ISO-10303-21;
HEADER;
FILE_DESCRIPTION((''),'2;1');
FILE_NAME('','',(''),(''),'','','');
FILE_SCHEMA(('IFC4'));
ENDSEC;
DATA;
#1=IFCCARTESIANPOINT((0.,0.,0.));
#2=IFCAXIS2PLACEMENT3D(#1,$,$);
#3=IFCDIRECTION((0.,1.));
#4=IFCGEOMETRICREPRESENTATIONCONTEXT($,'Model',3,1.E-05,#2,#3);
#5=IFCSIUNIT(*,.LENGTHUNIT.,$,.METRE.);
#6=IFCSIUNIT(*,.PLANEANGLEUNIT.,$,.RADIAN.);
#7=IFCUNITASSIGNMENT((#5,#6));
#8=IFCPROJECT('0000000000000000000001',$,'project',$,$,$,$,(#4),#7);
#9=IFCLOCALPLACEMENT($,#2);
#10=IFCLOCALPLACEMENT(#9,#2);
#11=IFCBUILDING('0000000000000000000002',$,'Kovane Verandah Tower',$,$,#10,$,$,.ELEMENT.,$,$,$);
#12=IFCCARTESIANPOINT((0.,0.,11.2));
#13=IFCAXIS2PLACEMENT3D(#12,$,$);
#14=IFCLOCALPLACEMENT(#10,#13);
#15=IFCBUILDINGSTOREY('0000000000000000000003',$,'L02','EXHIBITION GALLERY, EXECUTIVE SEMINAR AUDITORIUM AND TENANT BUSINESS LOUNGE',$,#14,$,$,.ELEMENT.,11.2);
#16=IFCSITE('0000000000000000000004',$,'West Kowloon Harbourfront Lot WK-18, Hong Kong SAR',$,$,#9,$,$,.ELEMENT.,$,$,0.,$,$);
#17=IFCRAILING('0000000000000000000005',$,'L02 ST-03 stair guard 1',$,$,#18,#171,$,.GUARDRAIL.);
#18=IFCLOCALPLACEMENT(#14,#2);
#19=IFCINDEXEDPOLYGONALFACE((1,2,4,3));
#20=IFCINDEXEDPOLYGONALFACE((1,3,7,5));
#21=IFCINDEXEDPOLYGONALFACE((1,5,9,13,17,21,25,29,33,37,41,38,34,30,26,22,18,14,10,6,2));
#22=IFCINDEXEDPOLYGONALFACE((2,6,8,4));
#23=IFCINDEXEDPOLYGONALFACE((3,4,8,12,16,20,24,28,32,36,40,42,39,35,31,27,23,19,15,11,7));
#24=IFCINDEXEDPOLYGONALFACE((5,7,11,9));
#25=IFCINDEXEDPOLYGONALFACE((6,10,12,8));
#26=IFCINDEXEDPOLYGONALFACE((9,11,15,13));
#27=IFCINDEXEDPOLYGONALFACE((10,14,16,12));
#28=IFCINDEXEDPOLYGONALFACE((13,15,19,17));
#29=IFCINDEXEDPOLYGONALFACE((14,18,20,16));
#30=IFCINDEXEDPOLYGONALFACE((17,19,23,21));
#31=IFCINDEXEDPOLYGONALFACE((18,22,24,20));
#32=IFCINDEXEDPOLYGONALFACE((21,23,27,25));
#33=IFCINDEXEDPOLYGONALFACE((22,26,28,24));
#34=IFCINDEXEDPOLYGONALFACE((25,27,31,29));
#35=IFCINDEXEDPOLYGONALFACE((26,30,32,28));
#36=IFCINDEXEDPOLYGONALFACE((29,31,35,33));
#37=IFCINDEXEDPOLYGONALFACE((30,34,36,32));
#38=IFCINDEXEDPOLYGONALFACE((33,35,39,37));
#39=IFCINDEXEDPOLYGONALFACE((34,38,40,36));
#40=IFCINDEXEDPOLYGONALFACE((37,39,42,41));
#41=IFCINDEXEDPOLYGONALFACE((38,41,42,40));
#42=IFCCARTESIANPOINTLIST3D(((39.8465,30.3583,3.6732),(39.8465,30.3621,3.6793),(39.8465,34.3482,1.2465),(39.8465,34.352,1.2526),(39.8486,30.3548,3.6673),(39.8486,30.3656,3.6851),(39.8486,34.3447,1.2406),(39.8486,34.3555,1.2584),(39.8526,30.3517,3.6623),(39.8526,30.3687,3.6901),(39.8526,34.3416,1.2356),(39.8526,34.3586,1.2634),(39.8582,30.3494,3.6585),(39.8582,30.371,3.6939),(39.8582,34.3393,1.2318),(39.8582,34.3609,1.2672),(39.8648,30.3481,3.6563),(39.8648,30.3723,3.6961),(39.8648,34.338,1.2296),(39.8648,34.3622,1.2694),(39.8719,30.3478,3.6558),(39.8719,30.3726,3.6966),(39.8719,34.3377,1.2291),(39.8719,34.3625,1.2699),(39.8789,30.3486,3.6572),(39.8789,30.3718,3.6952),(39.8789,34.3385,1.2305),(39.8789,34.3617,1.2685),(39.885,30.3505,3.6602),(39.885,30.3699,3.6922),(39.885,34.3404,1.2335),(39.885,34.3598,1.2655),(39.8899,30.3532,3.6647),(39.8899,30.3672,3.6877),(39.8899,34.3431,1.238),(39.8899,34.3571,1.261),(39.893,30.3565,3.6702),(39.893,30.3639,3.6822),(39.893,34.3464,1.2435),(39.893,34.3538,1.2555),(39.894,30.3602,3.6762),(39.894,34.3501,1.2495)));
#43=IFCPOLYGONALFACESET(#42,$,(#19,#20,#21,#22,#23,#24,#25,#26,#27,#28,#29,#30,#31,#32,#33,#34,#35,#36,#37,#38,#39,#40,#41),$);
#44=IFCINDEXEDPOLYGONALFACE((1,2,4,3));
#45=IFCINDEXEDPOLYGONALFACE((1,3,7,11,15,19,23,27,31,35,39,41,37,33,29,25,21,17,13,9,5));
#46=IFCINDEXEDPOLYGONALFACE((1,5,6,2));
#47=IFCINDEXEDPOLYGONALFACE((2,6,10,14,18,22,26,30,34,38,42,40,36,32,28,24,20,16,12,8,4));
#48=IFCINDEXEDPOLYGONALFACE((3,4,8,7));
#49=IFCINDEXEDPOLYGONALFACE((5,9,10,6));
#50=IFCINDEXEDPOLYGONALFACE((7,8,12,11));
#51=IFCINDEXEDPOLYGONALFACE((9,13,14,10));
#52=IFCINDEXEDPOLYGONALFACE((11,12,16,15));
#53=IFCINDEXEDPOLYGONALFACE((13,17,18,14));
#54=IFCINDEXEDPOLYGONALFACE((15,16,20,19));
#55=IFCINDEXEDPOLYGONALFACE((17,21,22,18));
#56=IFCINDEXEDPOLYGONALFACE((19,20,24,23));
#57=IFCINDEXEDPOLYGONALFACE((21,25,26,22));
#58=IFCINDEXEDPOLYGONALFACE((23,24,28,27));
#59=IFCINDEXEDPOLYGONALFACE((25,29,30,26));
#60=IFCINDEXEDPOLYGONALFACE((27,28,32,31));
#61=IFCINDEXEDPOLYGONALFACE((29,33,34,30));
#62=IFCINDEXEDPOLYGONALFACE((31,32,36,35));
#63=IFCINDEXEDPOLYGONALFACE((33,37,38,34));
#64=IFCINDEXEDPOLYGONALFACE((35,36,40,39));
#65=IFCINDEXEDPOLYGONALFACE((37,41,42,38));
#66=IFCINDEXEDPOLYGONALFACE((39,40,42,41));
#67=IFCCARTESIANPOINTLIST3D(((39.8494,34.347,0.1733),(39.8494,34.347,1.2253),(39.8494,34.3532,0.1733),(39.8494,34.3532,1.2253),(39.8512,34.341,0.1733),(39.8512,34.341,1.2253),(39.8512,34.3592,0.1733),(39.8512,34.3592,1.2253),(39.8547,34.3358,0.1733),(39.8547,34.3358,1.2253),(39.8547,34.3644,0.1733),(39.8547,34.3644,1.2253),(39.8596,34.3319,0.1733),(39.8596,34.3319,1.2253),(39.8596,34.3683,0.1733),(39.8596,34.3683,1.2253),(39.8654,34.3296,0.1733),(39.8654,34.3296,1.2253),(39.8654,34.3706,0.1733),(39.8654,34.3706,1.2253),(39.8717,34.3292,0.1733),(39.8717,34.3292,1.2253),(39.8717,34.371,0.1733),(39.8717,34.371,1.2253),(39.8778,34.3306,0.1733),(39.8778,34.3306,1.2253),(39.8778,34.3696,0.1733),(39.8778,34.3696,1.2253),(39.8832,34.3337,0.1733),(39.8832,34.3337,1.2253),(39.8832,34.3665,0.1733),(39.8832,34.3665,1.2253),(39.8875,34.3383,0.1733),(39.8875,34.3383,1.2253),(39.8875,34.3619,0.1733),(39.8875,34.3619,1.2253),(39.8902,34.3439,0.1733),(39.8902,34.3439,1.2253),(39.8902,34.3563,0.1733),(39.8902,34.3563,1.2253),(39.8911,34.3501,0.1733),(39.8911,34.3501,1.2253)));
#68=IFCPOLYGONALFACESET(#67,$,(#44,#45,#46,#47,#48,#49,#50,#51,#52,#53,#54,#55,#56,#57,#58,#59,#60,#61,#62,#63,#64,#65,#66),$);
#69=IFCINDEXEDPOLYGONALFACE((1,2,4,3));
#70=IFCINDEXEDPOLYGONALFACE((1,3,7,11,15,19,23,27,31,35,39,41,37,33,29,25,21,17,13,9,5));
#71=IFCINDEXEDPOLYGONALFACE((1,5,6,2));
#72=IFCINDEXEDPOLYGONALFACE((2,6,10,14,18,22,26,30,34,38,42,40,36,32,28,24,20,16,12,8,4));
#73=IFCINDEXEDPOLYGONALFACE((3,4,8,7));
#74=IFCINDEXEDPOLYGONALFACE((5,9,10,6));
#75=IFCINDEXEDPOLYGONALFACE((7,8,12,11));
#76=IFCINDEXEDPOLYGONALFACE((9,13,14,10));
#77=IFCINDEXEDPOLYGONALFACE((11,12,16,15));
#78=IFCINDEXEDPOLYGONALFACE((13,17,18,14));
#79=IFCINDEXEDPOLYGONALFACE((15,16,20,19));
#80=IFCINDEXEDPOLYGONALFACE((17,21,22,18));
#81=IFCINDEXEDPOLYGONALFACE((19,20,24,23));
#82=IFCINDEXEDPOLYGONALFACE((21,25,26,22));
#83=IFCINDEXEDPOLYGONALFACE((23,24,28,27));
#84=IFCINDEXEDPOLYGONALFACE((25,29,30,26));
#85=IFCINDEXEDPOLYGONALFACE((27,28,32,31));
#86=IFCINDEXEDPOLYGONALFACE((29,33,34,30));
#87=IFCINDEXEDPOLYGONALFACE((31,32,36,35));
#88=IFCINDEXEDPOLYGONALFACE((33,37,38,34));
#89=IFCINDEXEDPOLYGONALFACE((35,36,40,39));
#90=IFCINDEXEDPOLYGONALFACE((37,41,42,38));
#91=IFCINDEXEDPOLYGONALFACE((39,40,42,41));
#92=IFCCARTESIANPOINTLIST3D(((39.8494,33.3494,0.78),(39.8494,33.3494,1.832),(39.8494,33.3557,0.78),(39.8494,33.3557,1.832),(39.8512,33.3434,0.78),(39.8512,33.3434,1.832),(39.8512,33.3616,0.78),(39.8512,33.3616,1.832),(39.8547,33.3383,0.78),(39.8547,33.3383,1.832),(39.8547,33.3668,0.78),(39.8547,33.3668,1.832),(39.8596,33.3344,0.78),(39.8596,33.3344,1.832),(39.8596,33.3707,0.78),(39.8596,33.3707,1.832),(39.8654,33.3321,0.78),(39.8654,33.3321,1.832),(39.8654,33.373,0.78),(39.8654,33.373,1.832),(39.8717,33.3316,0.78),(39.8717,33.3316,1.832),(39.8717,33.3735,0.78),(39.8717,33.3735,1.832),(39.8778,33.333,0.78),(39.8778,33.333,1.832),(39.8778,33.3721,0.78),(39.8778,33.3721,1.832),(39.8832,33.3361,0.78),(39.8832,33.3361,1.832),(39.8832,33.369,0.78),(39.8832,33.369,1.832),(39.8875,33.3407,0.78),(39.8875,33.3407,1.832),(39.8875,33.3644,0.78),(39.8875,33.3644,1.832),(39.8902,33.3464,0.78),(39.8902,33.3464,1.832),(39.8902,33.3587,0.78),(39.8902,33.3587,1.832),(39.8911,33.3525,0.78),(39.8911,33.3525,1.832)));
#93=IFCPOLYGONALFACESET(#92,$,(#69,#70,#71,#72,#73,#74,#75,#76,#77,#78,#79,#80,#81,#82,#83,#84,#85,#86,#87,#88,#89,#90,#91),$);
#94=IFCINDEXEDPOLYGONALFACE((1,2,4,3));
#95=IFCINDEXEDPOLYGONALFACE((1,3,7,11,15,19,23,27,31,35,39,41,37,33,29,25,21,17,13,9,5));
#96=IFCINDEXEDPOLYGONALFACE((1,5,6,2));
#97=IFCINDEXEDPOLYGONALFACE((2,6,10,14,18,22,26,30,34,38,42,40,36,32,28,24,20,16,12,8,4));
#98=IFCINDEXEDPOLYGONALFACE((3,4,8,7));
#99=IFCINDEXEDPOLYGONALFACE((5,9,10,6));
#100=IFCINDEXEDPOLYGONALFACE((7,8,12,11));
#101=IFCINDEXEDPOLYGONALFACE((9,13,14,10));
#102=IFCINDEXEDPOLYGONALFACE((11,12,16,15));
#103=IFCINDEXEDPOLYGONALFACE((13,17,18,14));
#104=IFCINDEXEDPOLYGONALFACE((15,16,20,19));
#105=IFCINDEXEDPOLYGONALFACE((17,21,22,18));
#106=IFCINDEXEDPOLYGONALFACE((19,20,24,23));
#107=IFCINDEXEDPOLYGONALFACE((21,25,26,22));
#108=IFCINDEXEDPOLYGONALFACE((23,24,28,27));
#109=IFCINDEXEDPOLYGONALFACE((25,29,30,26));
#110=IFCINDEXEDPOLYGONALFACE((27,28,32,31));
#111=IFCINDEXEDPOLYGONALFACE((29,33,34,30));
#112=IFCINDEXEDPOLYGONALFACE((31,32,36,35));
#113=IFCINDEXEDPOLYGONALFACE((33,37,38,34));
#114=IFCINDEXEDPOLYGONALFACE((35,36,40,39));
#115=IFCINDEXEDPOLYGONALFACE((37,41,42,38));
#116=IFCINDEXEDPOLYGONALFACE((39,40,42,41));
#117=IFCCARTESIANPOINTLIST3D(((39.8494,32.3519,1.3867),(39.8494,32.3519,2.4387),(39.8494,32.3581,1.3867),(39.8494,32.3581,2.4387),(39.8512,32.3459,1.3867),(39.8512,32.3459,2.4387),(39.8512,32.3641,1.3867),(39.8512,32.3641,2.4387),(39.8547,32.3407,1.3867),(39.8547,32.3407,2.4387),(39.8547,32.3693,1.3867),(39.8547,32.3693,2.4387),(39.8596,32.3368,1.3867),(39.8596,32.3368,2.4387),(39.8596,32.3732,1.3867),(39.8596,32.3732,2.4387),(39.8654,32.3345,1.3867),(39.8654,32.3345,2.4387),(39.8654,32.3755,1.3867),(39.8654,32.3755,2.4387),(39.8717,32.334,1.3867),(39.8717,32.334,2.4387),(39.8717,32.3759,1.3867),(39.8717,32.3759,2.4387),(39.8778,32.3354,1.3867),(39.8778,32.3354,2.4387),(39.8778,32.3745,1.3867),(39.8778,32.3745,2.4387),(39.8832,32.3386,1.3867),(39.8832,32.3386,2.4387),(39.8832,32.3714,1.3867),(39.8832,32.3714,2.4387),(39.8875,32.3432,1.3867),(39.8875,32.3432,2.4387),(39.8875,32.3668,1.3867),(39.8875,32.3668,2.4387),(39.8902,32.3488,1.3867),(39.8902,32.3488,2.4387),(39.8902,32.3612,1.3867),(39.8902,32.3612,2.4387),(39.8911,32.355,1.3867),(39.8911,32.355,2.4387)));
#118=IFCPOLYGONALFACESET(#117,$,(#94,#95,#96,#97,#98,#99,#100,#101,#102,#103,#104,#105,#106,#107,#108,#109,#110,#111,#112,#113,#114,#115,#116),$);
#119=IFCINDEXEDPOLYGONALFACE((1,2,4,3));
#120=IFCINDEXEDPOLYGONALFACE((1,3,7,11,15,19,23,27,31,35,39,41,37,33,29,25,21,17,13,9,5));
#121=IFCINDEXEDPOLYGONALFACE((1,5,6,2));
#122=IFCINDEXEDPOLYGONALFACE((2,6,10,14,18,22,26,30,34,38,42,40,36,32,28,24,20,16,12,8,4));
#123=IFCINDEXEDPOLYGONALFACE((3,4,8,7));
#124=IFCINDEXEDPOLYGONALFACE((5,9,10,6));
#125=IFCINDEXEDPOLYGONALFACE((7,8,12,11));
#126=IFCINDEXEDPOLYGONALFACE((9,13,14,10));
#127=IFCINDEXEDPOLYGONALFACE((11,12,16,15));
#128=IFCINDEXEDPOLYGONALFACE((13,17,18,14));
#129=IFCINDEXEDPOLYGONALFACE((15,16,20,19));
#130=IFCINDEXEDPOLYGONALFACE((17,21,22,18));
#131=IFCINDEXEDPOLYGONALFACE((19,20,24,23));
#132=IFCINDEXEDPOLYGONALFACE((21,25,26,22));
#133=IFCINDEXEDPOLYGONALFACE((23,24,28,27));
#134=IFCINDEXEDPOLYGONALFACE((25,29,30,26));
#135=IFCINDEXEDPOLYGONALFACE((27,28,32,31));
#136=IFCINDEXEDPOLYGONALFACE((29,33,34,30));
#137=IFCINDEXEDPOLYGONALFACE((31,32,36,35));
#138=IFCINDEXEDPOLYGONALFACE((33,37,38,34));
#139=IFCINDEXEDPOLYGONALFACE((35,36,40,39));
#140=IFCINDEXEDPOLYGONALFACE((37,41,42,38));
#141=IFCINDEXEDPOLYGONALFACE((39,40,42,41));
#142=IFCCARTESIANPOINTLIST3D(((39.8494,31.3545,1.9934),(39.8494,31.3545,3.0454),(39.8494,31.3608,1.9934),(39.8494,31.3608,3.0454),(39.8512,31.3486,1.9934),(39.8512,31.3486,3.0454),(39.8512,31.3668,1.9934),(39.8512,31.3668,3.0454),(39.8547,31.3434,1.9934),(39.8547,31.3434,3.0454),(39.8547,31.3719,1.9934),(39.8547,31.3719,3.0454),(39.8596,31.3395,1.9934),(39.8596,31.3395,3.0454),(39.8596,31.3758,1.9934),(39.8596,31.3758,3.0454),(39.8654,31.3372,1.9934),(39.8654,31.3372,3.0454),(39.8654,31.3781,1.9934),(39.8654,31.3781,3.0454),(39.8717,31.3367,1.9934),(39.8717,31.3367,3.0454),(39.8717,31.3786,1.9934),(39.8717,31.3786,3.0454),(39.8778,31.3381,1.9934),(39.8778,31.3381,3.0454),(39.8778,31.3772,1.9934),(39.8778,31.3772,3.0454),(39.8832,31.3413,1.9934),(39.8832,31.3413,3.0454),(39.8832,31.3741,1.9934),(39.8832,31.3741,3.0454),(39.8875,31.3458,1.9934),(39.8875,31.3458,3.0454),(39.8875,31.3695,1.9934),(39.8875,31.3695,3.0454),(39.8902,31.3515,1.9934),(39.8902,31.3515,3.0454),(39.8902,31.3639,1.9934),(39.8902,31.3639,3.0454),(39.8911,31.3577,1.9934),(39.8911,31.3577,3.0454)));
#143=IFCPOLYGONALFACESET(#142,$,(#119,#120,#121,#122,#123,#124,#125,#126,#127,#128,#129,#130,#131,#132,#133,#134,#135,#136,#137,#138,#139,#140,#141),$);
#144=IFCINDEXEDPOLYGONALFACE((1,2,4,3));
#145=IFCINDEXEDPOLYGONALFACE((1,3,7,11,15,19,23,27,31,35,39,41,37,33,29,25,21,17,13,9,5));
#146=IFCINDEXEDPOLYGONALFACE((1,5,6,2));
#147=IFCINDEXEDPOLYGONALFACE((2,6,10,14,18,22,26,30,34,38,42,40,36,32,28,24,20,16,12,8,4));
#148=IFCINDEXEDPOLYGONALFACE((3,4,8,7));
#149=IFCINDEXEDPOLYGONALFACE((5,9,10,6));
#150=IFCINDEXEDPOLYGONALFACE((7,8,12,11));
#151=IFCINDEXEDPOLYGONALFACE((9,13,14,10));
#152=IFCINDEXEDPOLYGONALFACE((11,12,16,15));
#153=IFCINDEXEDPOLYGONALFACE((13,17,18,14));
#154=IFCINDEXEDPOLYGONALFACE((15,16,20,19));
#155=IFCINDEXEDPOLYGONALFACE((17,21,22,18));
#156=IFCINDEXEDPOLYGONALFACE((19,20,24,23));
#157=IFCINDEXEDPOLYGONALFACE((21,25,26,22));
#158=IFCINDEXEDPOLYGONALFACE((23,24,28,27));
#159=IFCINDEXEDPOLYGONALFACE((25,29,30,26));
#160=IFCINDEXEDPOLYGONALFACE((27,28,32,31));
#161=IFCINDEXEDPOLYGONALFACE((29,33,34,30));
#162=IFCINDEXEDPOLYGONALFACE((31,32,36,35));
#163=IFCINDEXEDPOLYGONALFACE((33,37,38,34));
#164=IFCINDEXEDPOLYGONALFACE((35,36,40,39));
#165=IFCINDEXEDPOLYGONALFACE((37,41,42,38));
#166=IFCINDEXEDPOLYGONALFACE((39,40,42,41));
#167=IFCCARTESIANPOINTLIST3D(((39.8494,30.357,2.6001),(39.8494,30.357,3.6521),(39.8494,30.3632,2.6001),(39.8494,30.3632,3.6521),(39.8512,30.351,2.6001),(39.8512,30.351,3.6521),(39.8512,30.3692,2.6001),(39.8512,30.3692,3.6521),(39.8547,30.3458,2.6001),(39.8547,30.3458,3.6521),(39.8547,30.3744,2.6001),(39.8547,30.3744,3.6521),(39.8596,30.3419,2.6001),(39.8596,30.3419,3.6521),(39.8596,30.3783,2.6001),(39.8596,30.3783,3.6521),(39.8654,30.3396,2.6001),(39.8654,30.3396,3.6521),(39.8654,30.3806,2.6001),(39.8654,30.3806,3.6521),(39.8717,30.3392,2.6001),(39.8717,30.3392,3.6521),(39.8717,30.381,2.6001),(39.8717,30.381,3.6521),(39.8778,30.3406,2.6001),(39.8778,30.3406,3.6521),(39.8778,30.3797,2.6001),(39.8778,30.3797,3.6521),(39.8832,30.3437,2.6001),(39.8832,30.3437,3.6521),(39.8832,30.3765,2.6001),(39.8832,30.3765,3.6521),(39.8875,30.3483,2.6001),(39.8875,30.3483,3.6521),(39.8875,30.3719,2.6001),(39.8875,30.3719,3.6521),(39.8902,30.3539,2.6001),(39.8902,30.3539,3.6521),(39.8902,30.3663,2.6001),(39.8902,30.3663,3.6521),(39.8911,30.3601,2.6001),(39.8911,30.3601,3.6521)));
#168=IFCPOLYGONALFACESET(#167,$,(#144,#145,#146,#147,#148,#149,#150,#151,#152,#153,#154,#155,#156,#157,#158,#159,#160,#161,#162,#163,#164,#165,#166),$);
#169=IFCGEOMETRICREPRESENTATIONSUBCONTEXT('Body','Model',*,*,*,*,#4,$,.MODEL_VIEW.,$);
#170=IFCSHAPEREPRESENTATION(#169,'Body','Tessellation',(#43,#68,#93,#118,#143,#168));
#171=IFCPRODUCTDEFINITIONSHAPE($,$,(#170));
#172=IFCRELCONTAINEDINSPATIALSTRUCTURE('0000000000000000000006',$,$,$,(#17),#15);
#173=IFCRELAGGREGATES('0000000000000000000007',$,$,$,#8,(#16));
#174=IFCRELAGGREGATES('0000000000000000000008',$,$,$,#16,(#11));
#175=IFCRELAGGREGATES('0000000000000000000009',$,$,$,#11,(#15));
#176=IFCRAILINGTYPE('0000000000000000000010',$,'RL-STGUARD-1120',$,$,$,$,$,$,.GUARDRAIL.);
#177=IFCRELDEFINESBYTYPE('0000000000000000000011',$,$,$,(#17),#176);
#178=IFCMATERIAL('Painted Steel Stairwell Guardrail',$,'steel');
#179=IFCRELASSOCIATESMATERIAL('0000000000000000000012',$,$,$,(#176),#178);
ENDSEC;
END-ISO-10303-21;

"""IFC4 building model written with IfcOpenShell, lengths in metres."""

from ifc_helpers import new_model, si_unit, direction, frame, origin, origin_2d, place, context, subcontext, project, spatial, circle, extrude, material, type_object, element, save


model = new_model("IFC4")

# Units and contexts
model_context = context("Model", 3, precision=1e-05, world=origin(), true_north=direction((0.0, 1.0)))
body_context = subcontext(model_context, "Body", "Model", "MODEL_VIEW")
ifc_project = project(units=[si_unit("LENGTHUNIT", "METRE"), si_unit("PLANEANGLEUNIT", "RADIAN")], contexts=[model_context])

# Site, building, storey
site_placement = place(None, origin())
site = spatial("IfcSite", under=ifc_project, at=site_placement, Name="West Kowloon Harbourfront Lot WK-18, Hong Kong SAR", CompositionType="ELEMENT", RefElevation=0.0)
building_placement = place(site_placement, origin())
building = spatial("IfcBuilding", under=site, at=building_placement, Name="Kovane Verandah Tower", CompositionType="ELEMENT")
storey_placement = place(building_placement, frame((0.0, 0.0, 11.2)))
storey = spatial("IfcBuildingStorey", under=building, at=storey_placement, Name="L02", Description="EXHIBITION GALLERY, EXECUTIVE SEMINAR AUDITORIUM AND TENANT BUSINESS LOUNGE", CompositionType="ELEMENT", Elevation=11.2)

# Railing
ifc_material_1 = material(Name="Painted Steel Stairwell Guardrail", Category="steel")
railing_type_1 = type_object("IfcRailingType", Name="RL-STGUARD-1120", PredefinedType="GUARDRAIL", material=ifc_material_1)
railing_1_placement = place(storey_placement, frame((39.8701, 34.3501, 0.1733)))
element("IfcRailing", 1, at=railing_1_placement, inside=storey, type_object=railing_type_1, Name="L02 ST-03 stair guard 1", PredefinedType="GUARDRAIL", context=body_context, shape_type="SweptSolid", body=[
    extrude(circle(Radius=0.0239, at=origin_2d()), frame((0.0, 0.0, 1.0762), z_axis=(0.0, -0.854382, 0.519645), x_axis=(1.0, 0.0, 0.0)), (0.0, 0.0, 1.0), 4.6699),
    extrude(circle(Radius=0.021, at=origin_2d()), origin(), (0.0, 0.0, 1.0), 1.052),
    extrude(circle(Radius=0.021, at=origin_2d()), frame((0.0, -0.9976, 0.6067)), (0.0, 0.0, 1.0), 1.052),
    extrude(circle(Radius=0.021, at=origin_2d()), frame((0.0, -1.9951, 1.2134)), (0.0, 0.0, 1.0), 1.052),
    extrude(circle(Radius=0.021, at=origin_2d()), frame((0.0, -2.9924, 1.8201)), (0.0, 0.0, 1.0), 1.052),
    extrude(circle(Radius=0.021, at=origin_2d()), frame((0.0, -3.99, 2.4268)), (0.0, 0.0, 1.0), 1.052),
])

save(model, "model.ifc")
